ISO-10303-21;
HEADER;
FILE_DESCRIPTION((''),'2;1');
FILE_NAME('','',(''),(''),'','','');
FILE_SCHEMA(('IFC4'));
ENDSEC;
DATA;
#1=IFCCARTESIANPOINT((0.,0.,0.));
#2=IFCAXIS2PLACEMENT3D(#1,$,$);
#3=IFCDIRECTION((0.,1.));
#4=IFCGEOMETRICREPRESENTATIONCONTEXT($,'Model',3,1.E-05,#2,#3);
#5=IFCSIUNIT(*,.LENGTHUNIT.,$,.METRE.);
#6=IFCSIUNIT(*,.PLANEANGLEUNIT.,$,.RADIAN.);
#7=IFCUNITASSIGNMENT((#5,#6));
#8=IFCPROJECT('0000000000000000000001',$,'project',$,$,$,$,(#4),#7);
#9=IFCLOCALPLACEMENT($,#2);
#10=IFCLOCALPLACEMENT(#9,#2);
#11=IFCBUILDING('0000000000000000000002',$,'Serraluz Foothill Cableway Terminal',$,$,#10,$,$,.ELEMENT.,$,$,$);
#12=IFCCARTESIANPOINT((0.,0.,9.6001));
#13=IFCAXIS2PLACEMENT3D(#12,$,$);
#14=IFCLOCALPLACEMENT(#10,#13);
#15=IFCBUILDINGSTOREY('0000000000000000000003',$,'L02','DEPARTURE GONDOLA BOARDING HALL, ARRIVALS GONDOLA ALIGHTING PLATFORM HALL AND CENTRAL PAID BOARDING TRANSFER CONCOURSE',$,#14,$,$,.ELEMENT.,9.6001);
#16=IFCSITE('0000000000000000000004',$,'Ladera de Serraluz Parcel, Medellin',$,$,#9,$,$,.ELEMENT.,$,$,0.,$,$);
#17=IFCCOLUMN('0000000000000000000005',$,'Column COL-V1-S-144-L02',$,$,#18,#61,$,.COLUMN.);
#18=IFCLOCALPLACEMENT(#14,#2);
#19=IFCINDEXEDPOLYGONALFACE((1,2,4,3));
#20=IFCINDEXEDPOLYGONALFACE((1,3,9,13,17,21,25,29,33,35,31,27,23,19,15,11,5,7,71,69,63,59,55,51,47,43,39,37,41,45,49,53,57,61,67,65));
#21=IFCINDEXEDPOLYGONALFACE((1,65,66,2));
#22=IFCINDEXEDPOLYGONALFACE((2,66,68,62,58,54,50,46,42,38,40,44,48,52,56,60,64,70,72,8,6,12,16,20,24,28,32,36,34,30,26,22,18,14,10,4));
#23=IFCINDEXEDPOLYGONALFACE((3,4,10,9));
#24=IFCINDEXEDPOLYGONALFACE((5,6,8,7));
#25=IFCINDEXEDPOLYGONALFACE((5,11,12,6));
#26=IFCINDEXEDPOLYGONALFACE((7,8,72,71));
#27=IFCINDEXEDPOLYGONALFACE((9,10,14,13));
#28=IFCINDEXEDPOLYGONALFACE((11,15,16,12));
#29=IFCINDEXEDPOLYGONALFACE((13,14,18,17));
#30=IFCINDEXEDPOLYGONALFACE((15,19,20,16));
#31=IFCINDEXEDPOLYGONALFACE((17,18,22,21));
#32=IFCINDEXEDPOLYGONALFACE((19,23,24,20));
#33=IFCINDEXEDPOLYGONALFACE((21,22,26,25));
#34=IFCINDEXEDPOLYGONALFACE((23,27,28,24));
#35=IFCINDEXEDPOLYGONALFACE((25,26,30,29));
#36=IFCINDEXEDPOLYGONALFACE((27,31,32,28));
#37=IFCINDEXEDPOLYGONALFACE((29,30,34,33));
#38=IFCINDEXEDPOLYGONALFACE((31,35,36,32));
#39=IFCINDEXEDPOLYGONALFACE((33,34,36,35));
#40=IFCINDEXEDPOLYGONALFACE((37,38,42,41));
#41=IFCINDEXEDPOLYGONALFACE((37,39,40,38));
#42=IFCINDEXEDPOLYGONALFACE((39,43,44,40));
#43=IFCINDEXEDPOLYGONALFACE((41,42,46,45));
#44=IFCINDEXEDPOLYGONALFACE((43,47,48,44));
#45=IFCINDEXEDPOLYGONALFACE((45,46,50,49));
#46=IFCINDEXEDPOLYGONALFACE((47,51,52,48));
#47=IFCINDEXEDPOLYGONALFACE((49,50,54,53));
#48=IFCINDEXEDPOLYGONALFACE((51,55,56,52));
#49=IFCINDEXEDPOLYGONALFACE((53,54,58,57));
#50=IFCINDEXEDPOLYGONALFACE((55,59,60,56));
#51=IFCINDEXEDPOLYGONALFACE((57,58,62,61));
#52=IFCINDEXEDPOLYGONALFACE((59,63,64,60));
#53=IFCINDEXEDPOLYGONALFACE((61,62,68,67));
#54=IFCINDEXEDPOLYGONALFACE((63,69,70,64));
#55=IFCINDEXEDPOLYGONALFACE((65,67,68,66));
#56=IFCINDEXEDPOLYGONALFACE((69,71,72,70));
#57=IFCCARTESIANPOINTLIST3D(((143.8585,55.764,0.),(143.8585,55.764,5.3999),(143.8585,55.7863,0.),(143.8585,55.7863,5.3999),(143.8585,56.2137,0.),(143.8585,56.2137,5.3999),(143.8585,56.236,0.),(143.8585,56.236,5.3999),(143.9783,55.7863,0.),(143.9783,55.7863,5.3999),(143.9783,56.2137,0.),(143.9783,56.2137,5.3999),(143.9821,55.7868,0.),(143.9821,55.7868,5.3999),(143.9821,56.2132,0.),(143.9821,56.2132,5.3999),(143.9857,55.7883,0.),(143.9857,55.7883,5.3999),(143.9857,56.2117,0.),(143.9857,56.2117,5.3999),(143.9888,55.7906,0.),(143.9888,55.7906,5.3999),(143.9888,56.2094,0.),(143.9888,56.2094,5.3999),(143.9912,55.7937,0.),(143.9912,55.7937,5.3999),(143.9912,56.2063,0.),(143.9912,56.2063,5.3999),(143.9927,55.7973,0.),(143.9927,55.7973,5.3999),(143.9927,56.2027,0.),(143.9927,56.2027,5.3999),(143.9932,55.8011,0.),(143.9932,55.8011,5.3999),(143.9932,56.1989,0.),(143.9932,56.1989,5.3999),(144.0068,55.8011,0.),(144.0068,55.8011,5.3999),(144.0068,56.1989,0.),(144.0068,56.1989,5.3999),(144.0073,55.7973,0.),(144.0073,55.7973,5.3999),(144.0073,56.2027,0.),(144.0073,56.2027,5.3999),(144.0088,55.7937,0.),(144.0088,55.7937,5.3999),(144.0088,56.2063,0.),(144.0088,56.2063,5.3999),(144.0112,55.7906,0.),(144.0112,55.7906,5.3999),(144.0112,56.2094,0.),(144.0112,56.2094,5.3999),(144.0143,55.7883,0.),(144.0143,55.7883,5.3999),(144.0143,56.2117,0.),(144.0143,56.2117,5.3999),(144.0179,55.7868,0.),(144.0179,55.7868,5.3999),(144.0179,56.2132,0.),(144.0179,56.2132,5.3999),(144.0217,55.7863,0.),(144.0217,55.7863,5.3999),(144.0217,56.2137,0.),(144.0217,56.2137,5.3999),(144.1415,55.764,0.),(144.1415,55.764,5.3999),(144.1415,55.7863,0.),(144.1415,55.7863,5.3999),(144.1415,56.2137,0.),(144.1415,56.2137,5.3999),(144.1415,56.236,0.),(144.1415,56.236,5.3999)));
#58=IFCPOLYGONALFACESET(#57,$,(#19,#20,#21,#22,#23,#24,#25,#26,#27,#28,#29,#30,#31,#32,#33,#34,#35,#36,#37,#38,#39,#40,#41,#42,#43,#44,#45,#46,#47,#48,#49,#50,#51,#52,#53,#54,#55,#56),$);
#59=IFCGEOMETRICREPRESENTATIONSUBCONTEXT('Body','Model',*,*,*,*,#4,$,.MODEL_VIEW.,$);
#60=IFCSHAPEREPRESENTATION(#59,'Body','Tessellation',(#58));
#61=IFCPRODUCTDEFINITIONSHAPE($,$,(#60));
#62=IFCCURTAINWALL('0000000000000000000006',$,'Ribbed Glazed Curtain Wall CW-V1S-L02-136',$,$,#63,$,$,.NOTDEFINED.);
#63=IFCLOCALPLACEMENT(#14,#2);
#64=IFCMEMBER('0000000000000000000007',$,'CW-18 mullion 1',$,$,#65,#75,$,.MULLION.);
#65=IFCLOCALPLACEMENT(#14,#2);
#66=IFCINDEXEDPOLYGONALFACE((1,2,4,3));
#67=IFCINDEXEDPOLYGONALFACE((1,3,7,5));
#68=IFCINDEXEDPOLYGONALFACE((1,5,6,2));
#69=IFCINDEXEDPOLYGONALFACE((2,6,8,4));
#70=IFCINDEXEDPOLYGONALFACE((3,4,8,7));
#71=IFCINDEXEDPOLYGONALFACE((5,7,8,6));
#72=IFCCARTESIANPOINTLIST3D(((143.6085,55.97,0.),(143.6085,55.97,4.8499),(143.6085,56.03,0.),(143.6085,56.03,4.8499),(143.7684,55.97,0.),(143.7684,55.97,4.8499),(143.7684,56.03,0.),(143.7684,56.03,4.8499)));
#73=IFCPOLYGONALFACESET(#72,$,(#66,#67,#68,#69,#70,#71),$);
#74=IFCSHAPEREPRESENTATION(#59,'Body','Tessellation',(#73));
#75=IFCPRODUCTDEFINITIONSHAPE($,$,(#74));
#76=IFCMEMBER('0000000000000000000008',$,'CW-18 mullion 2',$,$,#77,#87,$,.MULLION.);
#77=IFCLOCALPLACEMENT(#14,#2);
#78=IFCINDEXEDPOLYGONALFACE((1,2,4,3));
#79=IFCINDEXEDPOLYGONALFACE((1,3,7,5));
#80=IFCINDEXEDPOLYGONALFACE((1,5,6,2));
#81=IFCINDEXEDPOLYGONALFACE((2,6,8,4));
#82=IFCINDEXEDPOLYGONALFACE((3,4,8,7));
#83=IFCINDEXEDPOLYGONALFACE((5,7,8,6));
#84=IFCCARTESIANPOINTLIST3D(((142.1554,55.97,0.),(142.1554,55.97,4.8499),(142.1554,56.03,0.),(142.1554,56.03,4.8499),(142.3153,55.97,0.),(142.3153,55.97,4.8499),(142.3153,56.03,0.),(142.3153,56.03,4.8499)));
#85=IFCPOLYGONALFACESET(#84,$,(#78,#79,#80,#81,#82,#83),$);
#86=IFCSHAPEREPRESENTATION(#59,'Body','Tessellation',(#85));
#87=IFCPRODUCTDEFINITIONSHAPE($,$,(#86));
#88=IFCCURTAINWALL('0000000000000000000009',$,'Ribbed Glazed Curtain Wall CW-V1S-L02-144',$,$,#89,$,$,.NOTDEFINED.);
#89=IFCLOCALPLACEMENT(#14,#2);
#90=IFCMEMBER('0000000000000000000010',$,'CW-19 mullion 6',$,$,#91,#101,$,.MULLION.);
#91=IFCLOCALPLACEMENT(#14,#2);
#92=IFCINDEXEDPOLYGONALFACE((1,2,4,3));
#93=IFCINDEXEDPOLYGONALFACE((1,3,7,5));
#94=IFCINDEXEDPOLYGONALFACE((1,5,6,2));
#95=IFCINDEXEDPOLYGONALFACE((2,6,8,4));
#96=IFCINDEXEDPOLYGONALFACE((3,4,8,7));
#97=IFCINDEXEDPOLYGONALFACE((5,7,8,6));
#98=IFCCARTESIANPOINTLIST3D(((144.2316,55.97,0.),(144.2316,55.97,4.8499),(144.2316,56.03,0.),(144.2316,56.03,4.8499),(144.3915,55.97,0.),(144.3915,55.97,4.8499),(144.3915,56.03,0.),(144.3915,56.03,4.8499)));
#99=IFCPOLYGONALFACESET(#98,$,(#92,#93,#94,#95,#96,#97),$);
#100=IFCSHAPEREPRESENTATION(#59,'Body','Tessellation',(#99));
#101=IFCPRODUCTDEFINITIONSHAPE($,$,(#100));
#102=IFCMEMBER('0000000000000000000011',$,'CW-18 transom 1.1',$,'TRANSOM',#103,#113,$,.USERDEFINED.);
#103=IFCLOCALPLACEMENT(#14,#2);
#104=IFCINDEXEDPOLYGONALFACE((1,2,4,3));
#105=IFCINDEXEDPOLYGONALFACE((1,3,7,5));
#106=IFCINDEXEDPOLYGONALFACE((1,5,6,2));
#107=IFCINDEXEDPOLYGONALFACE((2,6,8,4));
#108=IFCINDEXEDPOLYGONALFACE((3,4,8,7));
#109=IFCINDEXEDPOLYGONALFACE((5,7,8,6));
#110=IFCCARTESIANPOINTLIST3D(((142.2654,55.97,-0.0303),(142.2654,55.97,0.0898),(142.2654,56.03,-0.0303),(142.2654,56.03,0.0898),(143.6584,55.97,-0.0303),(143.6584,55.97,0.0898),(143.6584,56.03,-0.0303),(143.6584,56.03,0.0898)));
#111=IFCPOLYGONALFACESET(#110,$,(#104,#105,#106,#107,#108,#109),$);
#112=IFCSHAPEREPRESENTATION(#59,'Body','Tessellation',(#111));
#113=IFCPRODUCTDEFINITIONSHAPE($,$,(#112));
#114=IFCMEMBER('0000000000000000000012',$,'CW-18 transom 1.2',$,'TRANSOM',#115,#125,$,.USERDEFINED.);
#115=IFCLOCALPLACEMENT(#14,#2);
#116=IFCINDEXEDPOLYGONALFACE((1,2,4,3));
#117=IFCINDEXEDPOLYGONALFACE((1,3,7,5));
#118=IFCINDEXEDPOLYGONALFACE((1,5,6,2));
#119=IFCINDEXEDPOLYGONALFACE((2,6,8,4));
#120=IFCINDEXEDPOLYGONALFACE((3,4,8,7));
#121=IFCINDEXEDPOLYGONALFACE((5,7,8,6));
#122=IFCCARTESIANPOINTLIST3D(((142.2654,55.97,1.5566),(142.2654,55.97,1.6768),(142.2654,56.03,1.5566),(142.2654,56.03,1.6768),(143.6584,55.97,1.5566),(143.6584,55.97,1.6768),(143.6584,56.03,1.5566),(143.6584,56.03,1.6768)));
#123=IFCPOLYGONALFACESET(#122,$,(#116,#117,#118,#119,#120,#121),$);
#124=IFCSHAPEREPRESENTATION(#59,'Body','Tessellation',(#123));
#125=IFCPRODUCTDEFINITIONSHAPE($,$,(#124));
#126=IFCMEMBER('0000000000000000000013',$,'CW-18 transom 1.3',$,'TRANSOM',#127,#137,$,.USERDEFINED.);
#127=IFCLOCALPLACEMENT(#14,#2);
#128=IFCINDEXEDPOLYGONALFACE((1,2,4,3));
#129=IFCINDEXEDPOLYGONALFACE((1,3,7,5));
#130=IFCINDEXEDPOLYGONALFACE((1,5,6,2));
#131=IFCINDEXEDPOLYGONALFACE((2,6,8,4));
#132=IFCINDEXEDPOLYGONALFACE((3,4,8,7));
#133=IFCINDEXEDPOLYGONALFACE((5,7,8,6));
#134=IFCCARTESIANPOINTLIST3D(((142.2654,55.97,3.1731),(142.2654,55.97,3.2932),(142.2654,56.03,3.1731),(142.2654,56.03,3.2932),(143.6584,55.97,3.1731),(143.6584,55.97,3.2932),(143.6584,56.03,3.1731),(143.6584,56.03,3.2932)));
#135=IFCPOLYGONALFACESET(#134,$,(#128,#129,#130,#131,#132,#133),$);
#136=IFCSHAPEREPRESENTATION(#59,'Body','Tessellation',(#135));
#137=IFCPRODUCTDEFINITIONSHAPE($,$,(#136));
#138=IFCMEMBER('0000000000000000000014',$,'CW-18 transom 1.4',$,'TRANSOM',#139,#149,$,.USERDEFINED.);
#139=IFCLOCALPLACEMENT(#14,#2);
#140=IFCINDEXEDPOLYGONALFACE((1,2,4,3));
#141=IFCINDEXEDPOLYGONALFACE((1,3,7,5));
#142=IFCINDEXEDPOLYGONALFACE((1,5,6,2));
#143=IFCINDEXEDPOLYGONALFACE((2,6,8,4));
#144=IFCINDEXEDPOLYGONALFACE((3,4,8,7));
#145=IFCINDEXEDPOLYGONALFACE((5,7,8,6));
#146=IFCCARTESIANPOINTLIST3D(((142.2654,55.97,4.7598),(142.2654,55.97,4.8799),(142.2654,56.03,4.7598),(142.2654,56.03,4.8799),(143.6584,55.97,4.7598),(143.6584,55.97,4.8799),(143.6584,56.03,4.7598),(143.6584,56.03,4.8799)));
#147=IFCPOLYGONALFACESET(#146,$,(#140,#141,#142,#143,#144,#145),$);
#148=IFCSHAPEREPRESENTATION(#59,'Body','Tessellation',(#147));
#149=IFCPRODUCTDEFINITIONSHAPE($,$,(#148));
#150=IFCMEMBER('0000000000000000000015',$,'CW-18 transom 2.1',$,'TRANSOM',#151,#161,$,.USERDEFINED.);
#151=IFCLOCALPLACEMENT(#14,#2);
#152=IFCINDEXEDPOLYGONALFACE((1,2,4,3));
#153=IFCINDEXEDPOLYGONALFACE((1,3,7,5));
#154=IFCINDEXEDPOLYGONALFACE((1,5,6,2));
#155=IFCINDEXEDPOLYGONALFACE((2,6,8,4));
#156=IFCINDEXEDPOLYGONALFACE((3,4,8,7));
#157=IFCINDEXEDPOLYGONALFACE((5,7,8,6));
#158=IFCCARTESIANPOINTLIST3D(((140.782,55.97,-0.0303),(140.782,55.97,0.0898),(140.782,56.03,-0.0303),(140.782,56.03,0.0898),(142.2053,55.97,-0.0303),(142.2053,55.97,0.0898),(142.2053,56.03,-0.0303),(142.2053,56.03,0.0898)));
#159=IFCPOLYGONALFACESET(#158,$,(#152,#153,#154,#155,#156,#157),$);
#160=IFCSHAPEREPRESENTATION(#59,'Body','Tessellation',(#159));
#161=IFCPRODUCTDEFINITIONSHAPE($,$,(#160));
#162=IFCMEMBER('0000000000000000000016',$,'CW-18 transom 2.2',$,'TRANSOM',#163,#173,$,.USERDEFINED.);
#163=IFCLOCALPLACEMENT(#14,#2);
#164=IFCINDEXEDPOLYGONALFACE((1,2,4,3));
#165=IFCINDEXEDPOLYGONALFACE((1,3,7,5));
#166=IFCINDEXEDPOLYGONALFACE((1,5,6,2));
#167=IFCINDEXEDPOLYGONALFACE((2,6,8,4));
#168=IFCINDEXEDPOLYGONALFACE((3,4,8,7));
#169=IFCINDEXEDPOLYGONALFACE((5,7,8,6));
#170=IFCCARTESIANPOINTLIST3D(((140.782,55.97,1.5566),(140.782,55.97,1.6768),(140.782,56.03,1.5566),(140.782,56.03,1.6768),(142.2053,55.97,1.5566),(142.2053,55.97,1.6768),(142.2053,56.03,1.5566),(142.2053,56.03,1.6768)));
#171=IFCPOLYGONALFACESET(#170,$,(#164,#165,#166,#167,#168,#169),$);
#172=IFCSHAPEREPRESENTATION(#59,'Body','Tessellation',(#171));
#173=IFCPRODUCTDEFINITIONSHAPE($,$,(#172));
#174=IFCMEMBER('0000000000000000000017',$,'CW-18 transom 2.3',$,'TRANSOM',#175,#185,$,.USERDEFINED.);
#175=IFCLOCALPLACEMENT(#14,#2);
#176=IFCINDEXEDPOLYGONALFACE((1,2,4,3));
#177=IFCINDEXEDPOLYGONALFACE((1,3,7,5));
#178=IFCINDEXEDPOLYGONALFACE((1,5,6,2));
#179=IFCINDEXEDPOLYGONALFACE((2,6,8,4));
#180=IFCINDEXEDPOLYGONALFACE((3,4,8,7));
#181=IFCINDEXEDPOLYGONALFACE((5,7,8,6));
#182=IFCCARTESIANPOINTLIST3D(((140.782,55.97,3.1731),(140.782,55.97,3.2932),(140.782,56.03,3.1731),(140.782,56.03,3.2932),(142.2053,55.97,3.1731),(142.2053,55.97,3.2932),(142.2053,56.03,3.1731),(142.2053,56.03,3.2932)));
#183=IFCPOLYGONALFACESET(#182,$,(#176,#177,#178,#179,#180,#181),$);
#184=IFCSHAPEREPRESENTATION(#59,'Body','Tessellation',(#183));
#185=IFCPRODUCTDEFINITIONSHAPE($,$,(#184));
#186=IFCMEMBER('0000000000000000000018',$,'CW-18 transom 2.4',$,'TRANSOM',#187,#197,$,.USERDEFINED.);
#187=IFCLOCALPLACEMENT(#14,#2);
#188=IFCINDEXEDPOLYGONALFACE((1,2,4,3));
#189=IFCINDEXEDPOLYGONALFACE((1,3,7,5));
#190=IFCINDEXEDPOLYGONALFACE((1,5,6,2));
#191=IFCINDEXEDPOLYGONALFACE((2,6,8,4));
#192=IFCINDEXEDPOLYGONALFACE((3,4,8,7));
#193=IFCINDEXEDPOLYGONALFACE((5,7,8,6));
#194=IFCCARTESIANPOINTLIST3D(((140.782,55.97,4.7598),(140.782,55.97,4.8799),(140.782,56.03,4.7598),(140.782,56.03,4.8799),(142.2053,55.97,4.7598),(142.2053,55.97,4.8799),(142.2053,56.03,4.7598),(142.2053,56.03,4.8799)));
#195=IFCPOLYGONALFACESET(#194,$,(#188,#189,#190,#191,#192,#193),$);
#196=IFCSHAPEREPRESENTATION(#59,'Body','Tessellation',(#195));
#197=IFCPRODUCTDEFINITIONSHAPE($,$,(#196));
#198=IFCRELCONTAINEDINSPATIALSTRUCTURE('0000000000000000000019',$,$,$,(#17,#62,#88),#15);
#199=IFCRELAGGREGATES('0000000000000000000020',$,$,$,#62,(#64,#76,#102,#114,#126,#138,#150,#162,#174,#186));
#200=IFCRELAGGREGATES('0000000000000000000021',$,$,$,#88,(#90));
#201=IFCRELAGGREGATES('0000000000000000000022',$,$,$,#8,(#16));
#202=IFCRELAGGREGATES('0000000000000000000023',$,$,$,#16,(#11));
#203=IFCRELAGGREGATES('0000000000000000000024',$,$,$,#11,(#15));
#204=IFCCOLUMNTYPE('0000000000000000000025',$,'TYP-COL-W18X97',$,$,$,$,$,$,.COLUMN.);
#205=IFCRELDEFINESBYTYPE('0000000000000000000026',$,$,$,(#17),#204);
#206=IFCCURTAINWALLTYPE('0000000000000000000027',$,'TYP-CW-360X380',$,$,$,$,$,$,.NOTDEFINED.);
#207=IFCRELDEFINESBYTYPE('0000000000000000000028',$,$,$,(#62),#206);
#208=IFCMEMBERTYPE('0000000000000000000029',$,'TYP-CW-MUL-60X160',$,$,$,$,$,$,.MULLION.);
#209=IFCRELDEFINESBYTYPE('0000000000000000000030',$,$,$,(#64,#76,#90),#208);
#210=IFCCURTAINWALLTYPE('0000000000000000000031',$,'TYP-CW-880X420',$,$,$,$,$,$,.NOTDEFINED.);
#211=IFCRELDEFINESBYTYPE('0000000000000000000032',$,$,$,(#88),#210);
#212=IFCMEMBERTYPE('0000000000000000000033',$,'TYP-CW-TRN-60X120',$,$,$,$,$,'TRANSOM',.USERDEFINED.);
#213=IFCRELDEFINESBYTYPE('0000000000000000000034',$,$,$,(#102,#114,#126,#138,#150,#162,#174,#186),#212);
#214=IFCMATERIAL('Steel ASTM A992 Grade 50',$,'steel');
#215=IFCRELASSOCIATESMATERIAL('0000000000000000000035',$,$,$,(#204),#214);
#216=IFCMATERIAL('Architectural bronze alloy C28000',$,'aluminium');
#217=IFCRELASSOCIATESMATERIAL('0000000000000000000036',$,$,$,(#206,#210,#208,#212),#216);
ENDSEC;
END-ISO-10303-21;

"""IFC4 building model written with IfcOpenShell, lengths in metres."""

from ifc_helpers import new_model, si_unit, direction, frame, origin, origin_2d, place, context, subcontext, project, spatial, rectangle, i_section, extrude, material, material_profile, profile_set, type_object, element, aggregate, save


model = new_model("IFC4")

# Units and contexts
model_context = context("Model", 3, precision=1e-05, world=origin(), true_north=direction((0.0, 1.0)))
body_context = subcontext(model_context, "Body", "Model", "MODEL_VIEW")
ifc_project = project(units=[si_unit("LENGTHUNIT", "METRE"), si_unit("PLANEANGLEUNIT", "RADIAN")], contexts=[model_context])

# Site, building, storey
site_placement = place(None, origin())
site = spatial("IfcSite", under=ifc_project, at=site_placement, Name="Ladera de Serraluz Parcel, Medellin", CompositionType="ELEMENT", RefElevation=0.0)
building_placement = place(site_placement, origin())
building = spatial("IfcBuilding", under=site, at=building_placement, Name="Serraluz Foothill Cableway Terminal", CompositionType="ELEMENT")
storey_placement = place(building_placement, frame((0.0, 0.0, 9.6001)))
storey = spatial("IfcBuildingStorey", under=building, at=storey_placement, Name="L02", Description="DEPARTURE GONDOLA BOARDING HALL, ARRIVALS GONDOLA ALIGHTING PLATFORM HALL AND CENTRAL PAID BOARDING TRANSFER CONCOURSE", CompositionType="ELEMENT", Elevation=9.6001)

# Column
ifc_material_1 = material(Name="Steel ASTM A992 Grade 50", Category="steel")
ifc_material_profile_1 = material_profile(ifc_material_1, i_section(OverallWidth=0.283, OverallDepth=0.4719, WebThickness=0.0137, FlangeThickness=0.0222, FilletRadius=0.0149, at=origin_2d()), Name="W18X97")
ifc_profile_set_1 = profile_set([ifc_material_profile_1], Name="Steel ASTM A992 Grade 50")
column_type = type_object("IfcColumnType", Name="TYP-COL-W18X97", PredefinedType="COLUMN", material=ifc_profile_set_1)
column_placement = place(storey_placement, frame((144.0, 56.0, 0.0), z_axis=(0.0, 0.0, 1.0), x_axis=(1.0, 0.0, 0.0)))
element("IfcColumn", 1, at=column_placement, inside=storey, type_object=column_type, Name="Column COL-V1-S-144-L02", PredefinedType="COLUMN", context=body_context, shape_type="SweptSolid", body=[
    extrude(i_section(OverallWidth=0.283, OverallDepth=0.4719, WebThickness=0.0137, FlangeThickness=0.0222, FilletRadius=0.0149, at=origin_2d()), origin(), (0.0, 0.0, 1.0), 5.3999),
])

# Curtain wall, members
ifc_material_2 = material(Name="Architectural bronze alloy C28000", Category="aluminium")
curtain_wall_type_1 = type_object("IfcCurtainWallType", Name="TYP-CW-360X380", PredefinedType="NOTDEFINED", material=ifc_material_2)
curtain_wall_1_placement = place(storey_placement, origin())
curtain_wall_1 = element("IfcCurtainWall", 2, at=curtain_wall_1_placement, inside=storey, type_object=curtain_wall_type_1, Name="Ribbed Glazed Curtain Wall CW-V1S-L02-136", PredefinedType="NOTDEFINED")
ifc_material_profile_2 = material_profile(ifc_material_2, rectangle(XDim=0.0601, YDim=0.1599, at=origin_2d()), Name="ALU MULLION 60x160")
ifc_profile_set_2 = profile_set([ifc_material_profile_2], Name="Architectural bronze alloy C28000")
member_type_1 = type_object("IfcMemberType", Name="TYP-CW-MUL-60X160", PredefinedType="MULLION", material=ifc_profile_set_2)
member_1_placement = place(storey_placement, frame((143.6885, 56.0, 0.0), z_axis=(0.0, 0.0, 1.0), x_axis=(0.0, -1.0, 0.0)))
member_1 = element("IfcMember", 3, at=member_1_placement, type_object=member_type_1, Name="CW-18 mullion 1", PredefinedType="MULLION", context=body_context, shape_type="SweptSolid", body=[
    extrude(rectangle(XDim=0.0601, YDim=0.1599, at=origin_2d()), origin(), (0.0, 0.0, 1.0), 4.8499),
])
member_2_placement = place(storey_placement, frame((142.2354, 56.0, 0.0), z_axis=(0.0, 0.0, 1.0), x_axis=(0.0, -1.0, 0.0)))
member_2 = element("IfcMember", 4, at=member_2_placement, type_object=member_type_1, Name="CW-18 mullion 2", PredefinedType="MULLION", context=body_context, shape_type="SweptSolid", body=[
    extrude(rectangle(XDim=0.0601, YDim=0.1599, at=origin_2d()), origin(), (0.0, 0.0, 1.0), 4.8499),
])

# Curtain wall, member
curtain_wall_type_2 = type_object("IfcCurtainWallType", Name="TYP-CW-880X420", PredefinedType="NOTDEFINED", material=ifc_material_2)
curtain_wall_2_placement = place(storey_placement, origin())
curtain_wall_2 = element("IfcCurtainWall", 5, at=curtain_wall_2_placement, inside=storey, type_object=curtain_wall_type_2, Name="Ribbed Glazed Curtain Wall CW-V1S-L02-144", PredefinedType="NOTDEFINED")
member_3_placement = place(storey_placement, frame((144.3115, 56.0, 0.0), z_axis=(0.0, 0.0, 1.0), x_axis=(0.0, -1.0, 0.0)))
member_3 = element("IfcMember", 6, at=member_3_placement, type_object=member_type_1, Name="CW-19 mullion 6", PredefinedType="MULLION", context=body_context, shape_type="SweptSolid", body=[
    extrude(rectangle(XDim=0.0601, YDim=0.1599, at=origin_2d()), origin(), (0.0, 0.0, 1.0), 4.8499),
])

# Members
ifc_material_profile_3 = material_profile(ifc_material_2, rectangle(XDim=0.0601, YDim=0.1201, at=origin_2d()), Name="ALU TRANSOM 60x120")
ifc_profile_set_3 = profile_set([ifc_material_profile_3], Name="Architectural bronze alloy C28000")
member_type_2 = type_object("IfcMemberType", Name="TYP-CW-TRN-60X120", ElementType="TRANSOM", PredefinedType="USERDEFINED", material=ifc_profile_set_3)
member_4_placement = place(storey_placement, frame((143.6584, 56.0, 0.0298), z_axis=(-1.0, 0.0, 0.0), x_axis=(0.0, -1.0, 0.0)))
member_4 = element("IfcMember", 7, at=member_4_placement, type_object=member_type_2, Name="CW-18 transom 1.1", ObjectType="TRANSOM", PredefinedType="USERDEFINED", context=body_context, shape_type="SweptSolid", body=[
    extrude(rectangle(XDim=0.0601, YDim=0.1201, at=origin_2d()), origin(), (0.0, 0.0, 1.0), 1.3931),
])
member_5_placement = place(storey_placement, frame((143.6584, 56.0, 1.6167), z_axis=(-1.0, 0.0, 0.0), x_axis=(0.0, -1.0, 0.0)))
member_5 = element("IfcMember", 8, at=member_5_placement, type_object=member_type_2, Name="CW-18 transom 1.2", ObjectType="TRANSOM", PredefinedType="USERDEFINED", context=body_context, shape_type="SweptSolid", body=[
    extrude(rectangle(XDim=0.0601, YDim=0.1201, at=origin_2d()), origin(), (0.0, 0.0, 1.0), 1.3931),
])
member_6_placement = place(storey_placement, frame((143.6584, 56.0, 3.2332), z_axis=(-1.0, 0.0, 0.0), x_axis=(0.0, -1.0, 0.0)))
member_6 = element("IfcMember", 9, at=member_6_placement, type_object=member_type_2, Name="CW-18 transom 1.3", ObjectType="TRANSOM", PredefinedType="USERDEFINED", context=body_context, shape_type="SweptSolid", body=[
    extrude(rectangle(XDim=0.0601, YDim=0.1201, at=origin_2d()), origin(), (0.0, 0.0, 1.0), 1.3931),
])
member_7_placement = place(storey_placement, frame((143.6584, 56.0, 4.8198), z_axis=(-1.0, 0.0, 0.0), x_axis=(0.0, -1.0, 0.0)))
member_7 = element("IfcMember", 10, at=member_7_placement, type_object=member_type_2, Name="CW-18 transom 1.4", ObjectType="TRANSOM", PredefinedType="USERDEFINED", context=body_context, shape_type="SweptSolid", body=[
    extrude(rectangle(XDim=0.0601, YDim=0.1201, at=origin_2d()), origin(), (0.0, 0.0, 1.0), 1.3931),
])
member_8_placement = place(storey_placement, frame((142.2053, 56.0, 0.0298), z_axis=(-1.0, 0.0, 0.0), x_axis=(0.0, -1.0, 0.0)))
member_8 = element("IfcMember", 11, at=member_8_placement, type_object=member_type_2, Name="CW-18 transom 2.1", ObjectType="TRANSOM", PredefinedType="USERDEFINED", context=body_context, shape_type="SweptSolid", body=[
    extrude(rectangle(XDim=0.0601, YDim=0.1201, at=origin_2d()), origin(), (0.0, 0.0, 1.0), 1.4233),
])
member_9_placement = place(storey_placement, frame((142.2053, 56.0, 1.6167), z_axis=(-1.0, 0.0, 0.0), x_axis=(0.0, -1.0, 0.0)))
member_9 = element("IfcMember", 12, at=member_9_placement, type_object=member_type_2, Name="CW-18 transom 2.2", ObjectType="TRANSOM", PredefinedType="USERDEFINED", context=body_context, shape_type="SweptSolid", body=[
    extrude(rectangle(XDim=0.0601, YDim=0.1201, at=origin_2d()), origin(), (0.0, 0.0, 1.0), 1.4233),
])
member_10_placement = place(storey_placement, frame((142.2053, 56.0, 3.2332), z_axis=(-1.0, 0.0, 0.0), x_axis=(0.0, -1.0, 0.0)))
member_10 = element("IfcMember", 13, at=member_10_placement, type_object=member_type_2, Name="CW-18 transom 2.3", ObjectType="TRANSOM", PredefinedType="USERDEFINED", context=body_context, shape_type="SweptSolid", body=[
    extrude(rectangle(XDim=0.0601, YDim=0.1201, at=origin_2d()), origin(), (0.0, 0.0, 1.0), 1.4233),
])
member_11_placement = place(storey_placement, frame((142.2053, 56.0, 4.8198), z_axis=(-1.0, 0.0, 0.0), x_axis=(0.0, -1.0, 0.0)))
member_11 = element("IfcMember", 14, at=member_11_placement, type_object=member_type_2, Name="CW-18 transom 2.4", ObjectType="TRANSOM", PredefinedType="USERDEFINED", context=body_context, shape_type="SweptSolid", body=[
    extrude(rectangle(XDim=0.0601, YDim=0.1201, at=origin_2d()), origin(), (0.0, 0.0, 1.0), 1.4233),
])

aggregate(curtain_wall_1, [member_1, member_2, member_4, member_5, member_6, member_7, member_8, member_9, member_10, member_11])
aggregate(curtain_wall_2, [member_3])

save(model, "model.ifc")
